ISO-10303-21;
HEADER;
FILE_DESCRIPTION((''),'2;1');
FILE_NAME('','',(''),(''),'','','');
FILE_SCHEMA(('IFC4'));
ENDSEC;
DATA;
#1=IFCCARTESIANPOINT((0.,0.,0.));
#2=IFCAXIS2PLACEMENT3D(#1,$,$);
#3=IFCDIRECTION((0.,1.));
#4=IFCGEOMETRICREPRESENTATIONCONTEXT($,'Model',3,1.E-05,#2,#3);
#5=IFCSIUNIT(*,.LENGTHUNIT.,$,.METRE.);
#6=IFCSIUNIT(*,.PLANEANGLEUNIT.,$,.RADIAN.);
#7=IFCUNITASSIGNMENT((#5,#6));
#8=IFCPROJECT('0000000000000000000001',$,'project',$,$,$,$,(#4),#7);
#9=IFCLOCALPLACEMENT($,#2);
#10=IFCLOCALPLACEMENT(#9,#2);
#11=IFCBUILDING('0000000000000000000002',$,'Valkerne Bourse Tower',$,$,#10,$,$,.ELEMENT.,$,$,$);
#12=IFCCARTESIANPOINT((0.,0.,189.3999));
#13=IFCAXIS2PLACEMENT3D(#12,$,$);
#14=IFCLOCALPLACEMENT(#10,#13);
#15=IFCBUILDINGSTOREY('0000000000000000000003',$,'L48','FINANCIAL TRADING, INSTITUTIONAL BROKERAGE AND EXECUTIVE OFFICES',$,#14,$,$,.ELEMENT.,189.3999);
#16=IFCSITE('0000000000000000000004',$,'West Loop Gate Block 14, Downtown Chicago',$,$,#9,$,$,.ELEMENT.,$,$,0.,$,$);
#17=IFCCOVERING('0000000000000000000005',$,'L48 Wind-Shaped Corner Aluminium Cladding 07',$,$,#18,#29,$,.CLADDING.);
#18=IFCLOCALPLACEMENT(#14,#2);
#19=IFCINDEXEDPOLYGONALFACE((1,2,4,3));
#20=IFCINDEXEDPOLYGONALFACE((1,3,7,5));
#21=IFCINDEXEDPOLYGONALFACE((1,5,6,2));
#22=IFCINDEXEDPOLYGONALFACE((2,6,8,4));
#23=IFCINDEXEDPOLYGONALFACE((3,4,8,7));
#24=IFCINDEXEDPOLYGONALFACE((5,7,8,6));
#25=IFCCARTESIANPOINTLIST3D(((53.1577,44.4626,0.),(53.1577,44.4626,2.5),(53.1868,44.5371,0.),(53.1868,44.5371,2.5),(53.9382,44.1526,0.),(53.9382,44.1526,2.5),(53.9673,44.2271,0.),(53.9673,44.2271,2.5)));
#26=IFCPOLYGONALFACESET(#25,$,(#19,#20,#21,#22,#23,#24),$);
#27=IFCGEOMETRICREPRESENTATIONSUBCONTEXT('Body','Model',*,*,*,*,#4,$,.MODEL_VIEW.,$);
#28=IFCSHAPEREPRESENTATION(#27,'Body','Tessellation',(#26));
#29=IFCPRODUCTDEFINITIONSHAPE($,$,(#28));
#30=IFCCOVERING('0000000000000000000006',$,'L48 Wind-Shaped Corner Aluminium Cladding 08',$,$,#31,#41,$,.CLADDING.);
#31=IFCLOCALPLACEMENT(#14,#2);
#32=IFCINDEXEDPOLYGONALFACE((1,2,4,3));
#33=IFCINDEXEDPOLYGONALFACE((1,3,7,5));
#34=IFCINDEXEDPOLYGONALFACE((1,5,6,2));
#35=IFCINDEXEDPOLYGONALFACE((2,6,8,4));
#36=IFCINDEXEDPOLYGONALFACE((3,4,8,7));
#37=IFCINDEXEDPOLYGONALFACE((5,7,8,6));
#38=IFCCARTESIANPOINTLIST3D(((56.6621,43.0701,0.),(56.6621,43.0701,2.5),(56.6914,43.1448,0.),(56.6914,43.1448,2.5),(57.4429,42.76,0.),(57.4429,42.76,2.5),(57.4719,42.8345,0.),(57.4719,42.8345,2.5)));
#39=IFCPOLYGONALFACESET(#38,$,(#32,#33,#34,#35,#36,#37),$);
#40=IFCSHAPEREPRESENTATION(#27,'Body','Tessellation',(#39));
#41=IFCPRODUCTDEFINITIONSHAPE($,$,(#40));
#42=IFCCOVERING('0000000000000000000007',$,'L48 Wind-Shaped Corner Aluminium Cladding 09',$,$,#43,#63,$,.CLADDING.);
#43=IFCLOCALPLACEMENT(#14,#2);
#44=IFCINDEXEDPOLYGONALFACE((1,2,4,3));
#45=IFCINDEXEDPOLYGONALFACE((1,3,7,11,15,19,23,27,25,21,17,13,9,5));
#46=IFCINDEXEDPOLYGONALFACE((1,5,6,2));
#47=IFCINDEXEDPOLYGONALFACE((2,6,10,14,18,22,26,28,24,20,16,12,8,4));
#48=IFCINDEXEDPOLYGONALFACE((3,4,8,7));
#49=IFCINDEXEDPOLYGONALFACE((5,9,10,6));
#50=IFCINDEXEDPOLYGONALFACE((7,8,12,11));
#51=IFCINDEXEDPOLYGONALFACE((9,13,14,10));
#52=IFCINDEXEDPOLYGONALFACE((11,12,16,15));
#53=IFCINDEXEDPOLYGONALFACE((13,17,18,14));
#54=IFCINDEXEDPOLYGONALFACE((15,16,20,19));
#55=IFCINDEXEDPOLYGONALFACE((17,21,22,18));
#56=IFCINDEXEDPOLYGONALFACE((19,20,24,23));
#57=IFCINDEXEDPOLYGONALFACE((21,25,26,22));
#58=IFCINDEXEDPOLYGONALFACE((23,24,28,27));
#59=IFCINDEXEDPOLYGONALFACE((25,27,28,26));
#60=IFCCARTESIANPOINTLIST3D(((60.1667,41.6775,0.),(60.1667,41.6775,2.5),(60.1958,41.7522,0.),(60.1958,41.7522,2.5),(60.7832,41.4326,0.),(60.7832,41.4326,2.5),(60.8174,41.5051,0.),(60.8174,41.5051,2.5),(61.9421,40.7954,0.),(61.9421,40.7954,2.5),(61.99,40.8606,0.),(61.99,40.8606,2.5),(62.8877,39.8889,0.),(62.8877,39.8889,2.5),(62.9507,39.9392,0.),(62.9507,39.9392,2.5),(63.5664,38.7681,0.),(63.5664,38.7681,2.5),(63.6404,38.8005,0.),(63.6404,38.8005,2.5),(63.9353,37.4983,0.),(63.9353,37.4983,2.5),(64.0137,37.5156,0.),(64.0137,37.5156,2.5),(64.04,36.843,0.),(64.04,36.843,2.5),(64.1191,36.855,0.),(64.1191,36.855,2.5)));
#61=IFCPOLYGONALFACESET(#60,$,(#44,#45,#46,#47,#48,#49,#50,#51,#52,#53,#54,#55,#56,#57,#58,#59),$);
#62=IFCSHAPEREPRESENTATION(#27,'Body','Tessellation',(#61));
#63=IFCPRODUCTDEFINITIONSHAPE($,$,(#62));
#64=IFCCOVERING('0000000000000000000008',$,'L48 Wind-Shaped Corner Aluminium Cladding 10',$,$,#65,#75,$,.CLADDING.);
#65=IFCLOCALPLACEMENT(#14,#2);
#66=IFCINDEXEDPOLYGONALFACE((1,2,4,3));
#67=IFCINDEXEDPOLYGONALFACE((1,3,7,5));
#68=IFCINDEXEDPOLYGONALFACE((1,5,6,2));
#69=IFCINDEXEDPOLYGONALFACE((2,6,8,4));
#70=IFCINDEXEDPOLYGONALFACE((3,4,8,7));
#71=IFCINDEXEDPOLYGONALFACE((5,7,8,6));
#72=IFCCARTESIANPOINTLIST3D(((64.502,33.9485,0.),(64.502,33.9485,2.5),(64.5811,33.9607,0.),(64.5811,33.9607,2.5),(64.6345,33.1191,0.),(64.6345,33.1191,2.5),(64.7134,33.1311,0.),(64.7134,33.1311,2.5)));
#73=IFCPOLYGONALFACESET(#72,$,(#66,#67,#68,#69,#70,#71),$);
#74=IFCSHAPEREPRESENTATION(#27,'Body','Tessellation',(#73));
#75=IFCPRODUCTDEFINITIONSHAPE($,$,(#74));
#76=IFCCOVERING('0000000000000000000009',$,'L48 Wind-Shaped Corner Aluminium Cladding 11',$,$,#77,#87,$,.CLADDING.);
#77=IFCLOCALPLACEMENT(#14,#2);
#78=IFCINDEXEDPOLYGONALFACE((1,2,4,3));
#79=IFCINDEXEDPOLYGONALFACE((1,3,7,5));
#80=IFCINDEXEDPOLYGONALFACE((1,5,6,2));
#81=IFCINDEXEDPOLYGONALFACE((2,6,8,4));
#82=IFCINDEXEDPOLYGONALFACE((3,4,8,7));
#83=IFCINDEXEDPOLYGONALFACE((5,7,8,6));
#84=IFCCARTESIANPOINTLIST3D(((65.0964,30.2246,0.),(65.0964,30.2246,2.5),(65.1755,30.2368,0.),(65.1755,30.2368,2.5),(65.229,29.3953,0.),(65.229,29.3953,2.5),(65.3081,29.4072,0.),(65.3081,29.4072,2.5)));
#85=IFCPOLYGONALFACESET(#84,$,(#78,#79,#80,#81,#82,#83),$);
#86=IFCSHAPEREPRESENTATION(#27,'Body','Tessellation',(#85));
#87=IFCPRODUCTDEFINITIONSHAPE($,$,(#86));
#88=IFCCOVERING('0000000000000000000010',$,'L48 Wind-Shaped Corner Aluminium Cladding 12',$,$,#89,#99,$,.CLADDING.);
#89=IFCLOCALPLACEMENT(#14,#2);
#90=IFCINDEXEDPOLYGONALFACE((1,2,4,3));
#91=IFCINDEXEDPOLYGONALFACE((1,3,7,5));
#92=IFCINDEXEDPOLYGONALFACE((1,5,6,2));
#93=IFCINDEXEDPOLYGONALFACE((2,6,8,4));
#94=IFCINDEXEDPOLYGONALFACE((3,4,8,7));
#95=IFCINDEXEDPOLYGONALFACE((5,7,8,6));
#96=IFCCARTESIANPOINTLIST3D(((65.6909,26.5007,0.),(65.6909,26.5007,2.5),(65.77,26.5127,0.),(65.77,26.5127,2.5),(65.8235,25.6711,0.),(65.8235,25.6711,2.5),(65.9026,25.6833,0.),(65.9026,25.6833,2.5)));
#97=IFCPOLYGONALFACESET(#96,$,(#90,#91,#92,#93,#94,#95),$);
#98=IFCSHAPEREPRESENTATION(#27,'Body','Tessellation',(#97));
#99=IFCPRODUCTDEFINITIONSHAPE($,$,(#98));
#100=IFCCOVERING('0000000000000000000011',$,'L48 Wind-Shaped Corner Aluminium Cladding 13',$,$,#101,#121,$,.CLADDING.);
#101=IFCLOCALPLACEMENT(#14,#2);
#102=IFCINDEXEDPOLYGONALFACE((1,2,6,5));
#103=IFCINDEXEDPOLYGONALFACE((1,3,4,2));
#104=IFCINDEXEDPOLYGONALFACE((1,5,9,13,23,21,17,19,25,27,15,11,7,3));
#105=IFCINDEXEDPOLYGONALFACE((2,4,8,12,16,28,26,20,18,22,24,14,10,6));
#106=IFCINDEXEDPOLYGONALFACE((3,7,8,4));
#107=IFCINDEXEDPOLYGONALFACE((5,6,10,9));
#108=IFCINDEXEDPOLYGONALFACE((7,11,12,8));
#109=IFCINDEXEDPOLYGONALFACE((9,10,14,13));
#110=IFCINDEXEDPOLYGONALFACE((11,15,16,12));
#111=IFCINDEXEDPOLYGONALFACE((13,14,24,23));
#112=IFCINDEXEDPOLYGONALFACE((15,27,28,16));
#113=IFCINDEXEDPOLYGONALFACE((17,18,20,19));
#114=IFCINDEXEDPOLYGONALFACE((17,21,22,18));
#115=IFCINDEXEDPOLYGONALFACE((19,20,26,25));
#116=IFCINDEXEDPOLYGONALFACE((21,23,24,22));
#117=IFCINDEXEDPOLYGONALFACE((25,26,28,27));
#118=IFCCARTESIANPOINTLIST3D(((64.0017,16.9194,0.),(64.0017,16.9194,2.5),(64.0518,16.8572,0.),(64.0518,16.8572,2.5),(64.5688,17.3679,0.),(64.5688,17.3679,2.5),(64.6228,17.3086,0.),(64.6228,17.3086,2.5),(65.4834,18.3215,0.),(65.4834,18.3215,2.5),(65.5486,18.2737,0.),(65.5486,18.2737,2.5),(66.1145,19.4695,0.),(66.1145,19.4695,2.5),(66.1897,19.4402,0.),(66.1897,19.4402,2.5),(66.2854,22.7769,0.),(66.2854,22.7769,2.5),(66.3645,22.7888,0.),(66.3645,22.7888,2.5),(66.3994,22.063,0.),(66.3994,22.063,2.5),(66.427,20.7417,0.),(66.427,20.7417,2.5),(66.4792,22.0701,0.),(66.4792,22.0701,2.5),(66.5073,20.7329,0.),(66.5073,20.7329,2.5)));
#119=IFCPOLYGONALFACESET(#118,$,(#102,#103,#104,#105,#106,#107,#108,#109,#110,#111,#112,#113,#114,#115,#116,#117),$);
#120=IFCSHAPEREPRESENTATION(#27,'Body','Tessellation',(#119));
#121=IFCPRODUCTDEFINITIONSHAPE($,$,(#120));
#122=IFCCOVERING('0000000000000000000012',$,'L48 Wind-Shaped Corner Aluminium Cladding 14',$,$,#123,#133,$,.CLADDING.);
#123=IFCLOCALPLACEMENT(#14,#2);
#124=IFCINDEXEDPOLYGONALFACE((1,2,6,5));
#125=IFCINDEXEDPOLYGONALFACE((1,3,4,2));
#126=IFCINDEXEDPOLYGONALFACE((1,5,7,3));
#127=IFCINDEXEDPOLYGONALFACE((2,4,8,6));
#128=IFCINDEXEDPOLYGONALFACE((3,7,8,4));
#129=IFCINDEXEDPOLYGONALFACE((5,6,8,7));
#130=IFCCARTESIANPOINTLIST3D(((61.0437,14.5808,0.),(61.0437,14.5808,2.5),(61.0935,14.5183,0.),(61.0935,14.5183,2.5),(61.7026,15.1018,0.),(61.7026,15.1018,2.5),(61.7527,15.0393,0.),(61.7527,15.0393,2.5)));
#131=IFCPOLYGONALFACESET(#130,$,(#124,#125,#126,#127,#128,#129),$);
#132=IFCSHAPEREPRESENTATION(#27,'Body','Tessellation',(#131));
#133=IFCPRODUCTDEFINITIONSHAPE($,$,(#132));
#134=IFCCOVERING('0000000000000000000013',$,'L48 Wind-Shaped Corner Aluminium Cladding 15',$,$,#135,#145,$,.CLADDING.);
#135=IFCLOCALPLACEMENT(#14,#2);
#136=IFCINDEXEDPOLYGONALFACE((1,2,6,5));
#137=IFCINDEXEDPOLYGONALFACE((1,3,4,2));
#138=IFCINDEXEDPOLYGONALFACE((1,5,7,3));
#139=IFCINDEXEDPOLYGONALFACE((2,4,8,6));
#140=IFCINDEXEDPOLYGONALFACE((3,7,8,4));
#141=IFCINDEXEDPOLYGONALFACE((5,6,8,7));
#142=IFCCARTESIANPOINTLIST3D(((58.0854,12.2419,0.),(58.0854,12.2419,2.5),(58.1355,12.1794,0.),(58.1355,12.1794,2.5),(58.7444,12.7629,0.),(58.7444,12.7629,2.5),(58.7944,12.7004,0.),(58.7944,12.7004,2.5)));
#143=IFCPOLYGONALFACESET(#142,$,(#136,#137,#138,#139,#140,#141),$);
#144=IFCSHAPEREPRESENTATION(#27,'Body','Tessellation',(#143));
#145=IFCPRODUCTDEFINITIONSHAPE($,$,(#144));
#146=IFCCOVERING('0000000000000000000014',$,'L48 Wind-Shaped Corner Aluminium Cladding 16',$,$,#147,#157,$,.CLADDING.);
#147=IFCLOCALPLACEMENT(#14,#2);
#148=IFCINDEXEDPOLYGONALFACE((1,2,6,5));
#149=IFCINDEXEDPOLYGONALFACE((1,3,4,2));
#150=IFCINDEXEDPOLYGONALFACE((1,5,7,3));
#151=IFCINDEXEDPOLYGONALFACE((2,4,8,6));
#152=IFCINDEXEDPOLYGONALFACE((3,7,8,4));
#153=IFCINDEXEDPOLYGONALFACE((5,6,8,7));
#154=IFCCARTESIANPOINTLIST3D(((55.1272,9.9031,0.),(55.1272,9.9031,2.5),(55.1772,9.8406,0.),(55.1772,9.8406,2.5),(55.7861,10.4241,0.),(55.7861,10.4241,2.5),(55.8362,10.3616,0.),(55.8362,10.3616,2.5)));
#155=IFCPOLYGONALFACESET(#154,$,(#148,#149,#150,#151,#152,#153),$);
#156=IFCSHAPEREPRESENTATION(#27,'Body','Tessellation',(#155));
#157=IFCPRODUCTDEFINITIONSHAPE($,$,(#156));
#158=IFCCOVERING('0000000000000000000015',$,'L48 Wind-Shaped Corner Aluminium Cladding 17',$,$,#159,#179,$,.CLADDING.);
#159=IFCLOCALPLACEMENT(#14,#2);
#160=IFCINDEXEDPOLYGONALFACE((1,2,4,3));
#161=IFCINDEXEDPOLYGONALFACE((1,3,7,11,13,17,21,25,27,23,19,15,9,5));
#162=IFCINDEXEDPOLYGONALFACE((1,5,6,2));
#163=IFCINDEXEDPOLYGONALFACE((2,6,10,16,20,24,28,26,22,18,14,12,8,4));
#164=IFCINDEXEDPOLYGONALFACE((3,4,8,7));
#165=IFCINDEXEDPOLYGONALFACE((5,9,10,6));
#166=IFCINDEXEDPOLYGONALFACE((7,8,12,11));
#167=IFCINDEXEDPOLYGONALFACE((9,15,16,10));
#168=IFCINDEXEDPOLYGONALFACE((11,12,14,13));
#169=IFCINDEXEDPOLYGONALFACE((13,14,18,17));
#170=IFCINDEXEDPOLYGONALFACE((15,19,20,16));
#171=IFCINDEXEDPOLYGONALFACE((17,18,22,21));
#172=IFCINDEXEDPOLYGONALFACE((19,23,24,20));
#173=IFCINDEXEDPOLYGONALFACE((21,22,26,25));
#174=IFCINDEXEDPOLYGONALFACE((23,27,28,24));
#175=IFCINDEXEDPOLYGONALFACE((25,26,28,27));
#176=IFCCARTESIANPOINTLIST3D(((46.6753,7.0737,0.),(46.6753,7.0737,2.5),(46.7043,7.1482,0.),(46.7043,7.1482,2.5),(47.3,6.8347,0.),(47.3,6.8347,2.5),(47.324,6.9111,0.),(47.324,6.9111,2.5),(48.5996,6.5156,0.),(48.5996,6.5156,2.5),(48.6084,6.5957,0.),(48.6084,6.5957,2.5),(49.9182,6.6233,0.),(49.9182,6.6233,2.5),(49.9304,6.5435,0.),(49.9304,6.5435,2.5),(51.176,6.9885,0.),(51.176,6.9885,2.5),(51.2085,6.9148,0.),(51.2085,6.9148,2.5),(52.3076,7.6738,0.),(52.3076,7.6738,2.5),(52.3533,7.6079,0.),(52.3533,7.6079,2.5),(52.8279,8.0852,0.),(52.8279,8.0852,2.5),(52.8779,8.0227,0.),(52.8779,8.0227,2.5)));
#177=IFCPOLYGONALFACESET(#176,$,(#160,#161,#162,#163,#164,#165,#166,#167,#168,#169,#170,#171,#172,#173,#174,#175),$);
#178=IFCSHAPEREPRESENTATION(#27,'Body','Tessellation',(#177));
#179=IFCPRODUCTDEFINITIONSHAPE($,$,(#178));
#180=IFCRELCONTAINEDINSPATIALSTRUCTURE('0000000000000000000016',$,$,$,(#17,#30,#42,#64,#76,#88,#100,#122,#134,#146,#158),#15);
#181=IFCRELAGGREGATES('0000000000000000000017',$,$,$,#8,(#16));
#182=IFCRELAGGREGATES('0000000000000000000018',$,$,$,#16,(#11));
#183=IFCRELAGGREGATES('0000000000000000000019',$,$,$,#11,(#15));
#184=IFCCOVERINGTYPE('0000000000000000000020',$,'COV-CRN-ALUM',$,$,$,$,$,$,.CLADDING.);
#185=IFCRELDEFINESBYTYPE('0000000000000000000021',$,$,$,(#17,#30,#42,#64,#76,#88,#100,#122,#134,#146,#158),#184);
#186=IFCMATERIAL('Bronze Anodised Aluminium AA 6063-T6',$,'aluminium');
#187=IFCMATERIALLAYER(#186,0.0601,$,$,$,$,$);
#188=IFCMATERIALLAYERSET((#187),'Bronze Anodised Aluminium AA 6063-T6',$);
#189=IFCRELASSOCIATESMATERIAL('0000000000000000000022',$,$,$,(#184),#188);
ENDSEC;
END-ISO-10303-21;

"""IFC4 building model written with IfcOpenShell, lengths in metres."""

from ifc_helpers import new_model, si_unit, direction, frame, origin, place, context, subcontext, project, spatial, polyline, outline, extrude, material, layer, layer_set, type_object, element, save


model = new_model("IFC4")

# Units and contexts
model_context = context("Model", 3, precision=1e-05, world=origin(), true_north=direction((0.0, 1.0)))
body_context = subcontext(model_context, "Body", "Model", "MODEL_VIEW")
ifc_project = project(units=[si_unit("LENGTHUNIT", "METRE"), si_unit("PLANEANGLEUNIT", "RADIAN")], contexts=[model_context])

# Site, building, storey
site_placement = place(None, origin())
site = spatial("IfcSite", under=ifc_project, at=site_placement, Name="West Loop Gate Block 14, Downtown Chicago", CompositionType="ELEMENT", RefElevation=0.0)
building_placement = place(site_placement, origin())
building = spatial("IfcBuilding", under=site, at=building_placement, Name="Valkerne Bourse Tower", CompositionType="ELEMENT")
storey_placement = place(building_placement, frame((0.0, 0.0, 189.3999)))
storey = spatial("IfcBuildingStorey", under=building, at=storey_placement, Name="L48", Description="FINANCIAL TRADING, INSTITUTIONAL BROKERAGE AND EXECUTIVE OFFICES", CompositionType="ELEMENT", Elevation=189.3999)

# Coverings
ifc_material_1 = material(Name="Bronze Anodised Aluminium AA 6063-T6", Category="aluminium")
ifc_layer_1 = layer(ifc_material_1, 0.0601)
ifc_layer_set_1 = layer_set([ifc_layer_1], Name="Bronze Anodised Aluminium AA 6063-T6")
covering_type = type_object("IfcCoveringType", Name="COV-CRN-ALUM", PredefinedType="CLADDING", material=ifc_layer_set_1)
covering_1_placement = place(storey_placement, origin())
element("IfcCovering", 1, at=covering_1_placement, inside=storey, type_object=covering_type, Name="L48 Wind-Shaped Corner Aluminium Cladding 07", PredefinedType="CLADDING", context=body_context, shape_type="SweptSolid", body=[
    extrude(outline(polyline([(53.9673, 44.2271), (53.9382, 44.1526), (53.1577, 44.4626), (53.1868, 44.5371), (53.9673, 44.2271)])), origin(), (0.0, 0.0, 1.0), 2.5),
])
covering_2_placement = place(storey_placement, origin())
element("IfcCovering", 2, at=covering_2_placement, inside=storey, type_object=covering_type, Name="L48 Wind-Shaped Corner Aluminium Cladding 08", PredefinedType="CLADDING", context=body_context, shape_type="SweptSolid", body=[
    extrude(outline(polyline([(57.4719, 42.8345), (57.4429, 42.76), (56.6621, 43.0701), (56.6914, 43.1448), (57.4719, 42.8345)])), origin(), (0.0, 0.0, 1.0), 2.5),
])
covering_3_placement = place(storey_placement, origin())
element("IfcCovering", 3, at=covering_3_placement, inside=storey, type_object=covering_type, Name="L48 Wind-Shaped Corner Aluminium Cladding 09", PredefinedType="CLADDING", context=body_context, shape_type="SweptSolid", body=[
    extrude(outline(polyline([(60.8174, 41.5051), (61.99, 40.8606), (62.9507, 39.9392), (63.6404, 38.8005), (64.0137, 37.5156), (64.1191, 36.855), (64.04, 36.843), (63.9353, 37.4983), (63.5664, 38.7681), (62.8877, 39.8889), (61.9421, 40.7954), (60.7832, 41.4326), (60.1667, 41.6775), (60.1958, 41.7522), (60.8174, 41.5051)])), origin(), (0.0, 0.0, 1.0), 2.5),
])
covering_4_placement = place(storey_placement, origin())
element("IfcCovering", 4, at=covering_4_placement, inside=storey, type_object=covering_type, Name="L48 Wind-Shaped Corner Aluminium Cladding 10", PredefinedType="CLADDING", context=body_context, shape_type="SweptSolid", body=[
    extrude(outline(polyline([(64.7134, 33.1311), (64.6345, 33.1191), (64.502, 33.9485), (64.5811, 33.9607), (64.7134, 33.1311)])), origin(), (0.0, 0.0, 1.0), 2.5),
])
covering_5_placement = place(storey_placement, origin())
element("IfcCovering", 5, at=covering_5_placement, inside=storey, type_object=covering_type, Name="L48 Wind-Shaped Corner Aluminium Cladding 11", PredefinedType="CLADDING", context=body_context, shape_type="SweptSolid", body=[
    extrude(outline(polyline([(65.3081, 29.4072), (65.229, 29.3953), (65.0964, 30.2246), (65.1755, 30.2368), (65.3081, 29.4072)])), origin(), (0.0, 0.0, 1.0), 2.5),
])
covering_6_placement = place(storey_placement, origin())
element("IfcCovering", 6, at=covering_6_placement, inside=storey, type_object=covering_type, Name="L48 Wind-Shaped Corner Aluminium Cladding 12", PredefinedType="CLADDING", context=body_context, shape_type="SweptSolid", body=[
    extrude(outline(polyline([(65.9026, 25.6833), (65.8235, 25.6711), (65.6909, 26.5007), (65.77, 26.5127), (65.9026, 25.6833)])), origin(), (0.0, 0.0, 1.0), 2.5),
])
covering_7_placement = place(storey_placement, origin())
element("IfcCovering", 7, at=covering_7_placement, inside=storey, type_object=covering_type, Name="L48 Wind-Shaped Corner Aluminium Cladding 13", PredefinedType="CLADDING", context=body_context, shape_type="SweptSolid", body=[
    extrude(outline(polyline([(66.4792, 22.0701), (66.5073, 20.7329), (66.1897, 19.4402), (65.5486, 18.2737), (64.6228, 17.3086), (64.0518, 16.8572), (64.0017, 16.9194), (64.5688, 17.3679), (65.4834, 18.3215), (66.1145, 19.4695), (66.427, 20.7417), (66.3994, 22.063), (66.2854, 22.7769), (66.3645, 22.7888), (66.4792, 22.0701)])), origin(), (0.0, 0.0, 1.0), 2.5),
])
covering_8_placement = place(storey_placement, origin())
element("IfcCovering", 8, at=covering_8_placement, inside=storey, type_object=covering_type, Name="L48 Wind-Shaped Corner Aluminium Cladding 14", PredefinedType="CLADDING", context=body_context, shape_type="SweptSolid", body=[
    extrude(outline(polyline([(61.0935, 14.5183), (61.0437, 14.5808), (61.7026, 15.1018), (61.7527, 15.0393), (61.0935, 14.5183)])), origin(), (0.0, 0.0, 1.0), 2.5),
])
covering_9_placement = place(storey_placement, origin())
element("IfcCovering", 9, at=covering_9_placement, inside=storey, type_object=covering_type, Name="L48 Wind-Shaped Corner Aluminium Cladding 15", PredefinedType="CLADDING", context=body_context, shape_type="SweptSolid", body=[
    extrude(outline(polyline([(58.1355, 12.1794), (58.0854, 12.2419), (58.7444, 12.7629), (58.7944, 12.7004), (58.1355, 12.1794)])), origin(), (0.0, 0.0, 1.0), 2.5),
])
covering_10_placement = place(storey_placement, origin())
element("IfcCovering", 10, at=covering_10_placement, inside=storey, type_object=covering_type, Name="L48 Wind-Shaped Corner Aluminium Cladding 16", PredefinedType="CLADDING", context=body_context, shape_type="SweptSolid", body=[
    extrude(outline(polyline([(55.1772, 9.8406), (55.1272, 9.9031), (55.7861, 10.4241), (55.8362, 10.3616), (55.1772, 9.8406)])), origin(), (0.0, 0.0, 1.0), 2.5),
])
covering_11_placement = place(storey_placement, origin())
element("IfcCovering", 11, at=covering_11_placement, inside=storey, type_object=covering_type, Name="L48 Wind-Shaped Corner Aluminium Cladding 17", PredefinedType="CLADDING", context=body_context, shape_type="SweptSolid", body=[
    extrude(outline(polyline([(52.3533, 7.6079), (51.2085, 6.9148), (49.9304, 6.5435), (48.5996, 6.5156), (47.3, 6.8347), (46.6753, 7.0737), (46.7043, 7.1482), (47.324, 6.9111), (48.6084, 6.5957), (49.9182, 6.6233), (51.176, 6.9885), (52.3076, 7.6738), (52.8279, 8.0852), (52.8779, 8.0227), (52.3533, 7.6079)])), origin(), (0.0, 0.0, 1.0), 2.5),
])

save(model, "model.ifc")
